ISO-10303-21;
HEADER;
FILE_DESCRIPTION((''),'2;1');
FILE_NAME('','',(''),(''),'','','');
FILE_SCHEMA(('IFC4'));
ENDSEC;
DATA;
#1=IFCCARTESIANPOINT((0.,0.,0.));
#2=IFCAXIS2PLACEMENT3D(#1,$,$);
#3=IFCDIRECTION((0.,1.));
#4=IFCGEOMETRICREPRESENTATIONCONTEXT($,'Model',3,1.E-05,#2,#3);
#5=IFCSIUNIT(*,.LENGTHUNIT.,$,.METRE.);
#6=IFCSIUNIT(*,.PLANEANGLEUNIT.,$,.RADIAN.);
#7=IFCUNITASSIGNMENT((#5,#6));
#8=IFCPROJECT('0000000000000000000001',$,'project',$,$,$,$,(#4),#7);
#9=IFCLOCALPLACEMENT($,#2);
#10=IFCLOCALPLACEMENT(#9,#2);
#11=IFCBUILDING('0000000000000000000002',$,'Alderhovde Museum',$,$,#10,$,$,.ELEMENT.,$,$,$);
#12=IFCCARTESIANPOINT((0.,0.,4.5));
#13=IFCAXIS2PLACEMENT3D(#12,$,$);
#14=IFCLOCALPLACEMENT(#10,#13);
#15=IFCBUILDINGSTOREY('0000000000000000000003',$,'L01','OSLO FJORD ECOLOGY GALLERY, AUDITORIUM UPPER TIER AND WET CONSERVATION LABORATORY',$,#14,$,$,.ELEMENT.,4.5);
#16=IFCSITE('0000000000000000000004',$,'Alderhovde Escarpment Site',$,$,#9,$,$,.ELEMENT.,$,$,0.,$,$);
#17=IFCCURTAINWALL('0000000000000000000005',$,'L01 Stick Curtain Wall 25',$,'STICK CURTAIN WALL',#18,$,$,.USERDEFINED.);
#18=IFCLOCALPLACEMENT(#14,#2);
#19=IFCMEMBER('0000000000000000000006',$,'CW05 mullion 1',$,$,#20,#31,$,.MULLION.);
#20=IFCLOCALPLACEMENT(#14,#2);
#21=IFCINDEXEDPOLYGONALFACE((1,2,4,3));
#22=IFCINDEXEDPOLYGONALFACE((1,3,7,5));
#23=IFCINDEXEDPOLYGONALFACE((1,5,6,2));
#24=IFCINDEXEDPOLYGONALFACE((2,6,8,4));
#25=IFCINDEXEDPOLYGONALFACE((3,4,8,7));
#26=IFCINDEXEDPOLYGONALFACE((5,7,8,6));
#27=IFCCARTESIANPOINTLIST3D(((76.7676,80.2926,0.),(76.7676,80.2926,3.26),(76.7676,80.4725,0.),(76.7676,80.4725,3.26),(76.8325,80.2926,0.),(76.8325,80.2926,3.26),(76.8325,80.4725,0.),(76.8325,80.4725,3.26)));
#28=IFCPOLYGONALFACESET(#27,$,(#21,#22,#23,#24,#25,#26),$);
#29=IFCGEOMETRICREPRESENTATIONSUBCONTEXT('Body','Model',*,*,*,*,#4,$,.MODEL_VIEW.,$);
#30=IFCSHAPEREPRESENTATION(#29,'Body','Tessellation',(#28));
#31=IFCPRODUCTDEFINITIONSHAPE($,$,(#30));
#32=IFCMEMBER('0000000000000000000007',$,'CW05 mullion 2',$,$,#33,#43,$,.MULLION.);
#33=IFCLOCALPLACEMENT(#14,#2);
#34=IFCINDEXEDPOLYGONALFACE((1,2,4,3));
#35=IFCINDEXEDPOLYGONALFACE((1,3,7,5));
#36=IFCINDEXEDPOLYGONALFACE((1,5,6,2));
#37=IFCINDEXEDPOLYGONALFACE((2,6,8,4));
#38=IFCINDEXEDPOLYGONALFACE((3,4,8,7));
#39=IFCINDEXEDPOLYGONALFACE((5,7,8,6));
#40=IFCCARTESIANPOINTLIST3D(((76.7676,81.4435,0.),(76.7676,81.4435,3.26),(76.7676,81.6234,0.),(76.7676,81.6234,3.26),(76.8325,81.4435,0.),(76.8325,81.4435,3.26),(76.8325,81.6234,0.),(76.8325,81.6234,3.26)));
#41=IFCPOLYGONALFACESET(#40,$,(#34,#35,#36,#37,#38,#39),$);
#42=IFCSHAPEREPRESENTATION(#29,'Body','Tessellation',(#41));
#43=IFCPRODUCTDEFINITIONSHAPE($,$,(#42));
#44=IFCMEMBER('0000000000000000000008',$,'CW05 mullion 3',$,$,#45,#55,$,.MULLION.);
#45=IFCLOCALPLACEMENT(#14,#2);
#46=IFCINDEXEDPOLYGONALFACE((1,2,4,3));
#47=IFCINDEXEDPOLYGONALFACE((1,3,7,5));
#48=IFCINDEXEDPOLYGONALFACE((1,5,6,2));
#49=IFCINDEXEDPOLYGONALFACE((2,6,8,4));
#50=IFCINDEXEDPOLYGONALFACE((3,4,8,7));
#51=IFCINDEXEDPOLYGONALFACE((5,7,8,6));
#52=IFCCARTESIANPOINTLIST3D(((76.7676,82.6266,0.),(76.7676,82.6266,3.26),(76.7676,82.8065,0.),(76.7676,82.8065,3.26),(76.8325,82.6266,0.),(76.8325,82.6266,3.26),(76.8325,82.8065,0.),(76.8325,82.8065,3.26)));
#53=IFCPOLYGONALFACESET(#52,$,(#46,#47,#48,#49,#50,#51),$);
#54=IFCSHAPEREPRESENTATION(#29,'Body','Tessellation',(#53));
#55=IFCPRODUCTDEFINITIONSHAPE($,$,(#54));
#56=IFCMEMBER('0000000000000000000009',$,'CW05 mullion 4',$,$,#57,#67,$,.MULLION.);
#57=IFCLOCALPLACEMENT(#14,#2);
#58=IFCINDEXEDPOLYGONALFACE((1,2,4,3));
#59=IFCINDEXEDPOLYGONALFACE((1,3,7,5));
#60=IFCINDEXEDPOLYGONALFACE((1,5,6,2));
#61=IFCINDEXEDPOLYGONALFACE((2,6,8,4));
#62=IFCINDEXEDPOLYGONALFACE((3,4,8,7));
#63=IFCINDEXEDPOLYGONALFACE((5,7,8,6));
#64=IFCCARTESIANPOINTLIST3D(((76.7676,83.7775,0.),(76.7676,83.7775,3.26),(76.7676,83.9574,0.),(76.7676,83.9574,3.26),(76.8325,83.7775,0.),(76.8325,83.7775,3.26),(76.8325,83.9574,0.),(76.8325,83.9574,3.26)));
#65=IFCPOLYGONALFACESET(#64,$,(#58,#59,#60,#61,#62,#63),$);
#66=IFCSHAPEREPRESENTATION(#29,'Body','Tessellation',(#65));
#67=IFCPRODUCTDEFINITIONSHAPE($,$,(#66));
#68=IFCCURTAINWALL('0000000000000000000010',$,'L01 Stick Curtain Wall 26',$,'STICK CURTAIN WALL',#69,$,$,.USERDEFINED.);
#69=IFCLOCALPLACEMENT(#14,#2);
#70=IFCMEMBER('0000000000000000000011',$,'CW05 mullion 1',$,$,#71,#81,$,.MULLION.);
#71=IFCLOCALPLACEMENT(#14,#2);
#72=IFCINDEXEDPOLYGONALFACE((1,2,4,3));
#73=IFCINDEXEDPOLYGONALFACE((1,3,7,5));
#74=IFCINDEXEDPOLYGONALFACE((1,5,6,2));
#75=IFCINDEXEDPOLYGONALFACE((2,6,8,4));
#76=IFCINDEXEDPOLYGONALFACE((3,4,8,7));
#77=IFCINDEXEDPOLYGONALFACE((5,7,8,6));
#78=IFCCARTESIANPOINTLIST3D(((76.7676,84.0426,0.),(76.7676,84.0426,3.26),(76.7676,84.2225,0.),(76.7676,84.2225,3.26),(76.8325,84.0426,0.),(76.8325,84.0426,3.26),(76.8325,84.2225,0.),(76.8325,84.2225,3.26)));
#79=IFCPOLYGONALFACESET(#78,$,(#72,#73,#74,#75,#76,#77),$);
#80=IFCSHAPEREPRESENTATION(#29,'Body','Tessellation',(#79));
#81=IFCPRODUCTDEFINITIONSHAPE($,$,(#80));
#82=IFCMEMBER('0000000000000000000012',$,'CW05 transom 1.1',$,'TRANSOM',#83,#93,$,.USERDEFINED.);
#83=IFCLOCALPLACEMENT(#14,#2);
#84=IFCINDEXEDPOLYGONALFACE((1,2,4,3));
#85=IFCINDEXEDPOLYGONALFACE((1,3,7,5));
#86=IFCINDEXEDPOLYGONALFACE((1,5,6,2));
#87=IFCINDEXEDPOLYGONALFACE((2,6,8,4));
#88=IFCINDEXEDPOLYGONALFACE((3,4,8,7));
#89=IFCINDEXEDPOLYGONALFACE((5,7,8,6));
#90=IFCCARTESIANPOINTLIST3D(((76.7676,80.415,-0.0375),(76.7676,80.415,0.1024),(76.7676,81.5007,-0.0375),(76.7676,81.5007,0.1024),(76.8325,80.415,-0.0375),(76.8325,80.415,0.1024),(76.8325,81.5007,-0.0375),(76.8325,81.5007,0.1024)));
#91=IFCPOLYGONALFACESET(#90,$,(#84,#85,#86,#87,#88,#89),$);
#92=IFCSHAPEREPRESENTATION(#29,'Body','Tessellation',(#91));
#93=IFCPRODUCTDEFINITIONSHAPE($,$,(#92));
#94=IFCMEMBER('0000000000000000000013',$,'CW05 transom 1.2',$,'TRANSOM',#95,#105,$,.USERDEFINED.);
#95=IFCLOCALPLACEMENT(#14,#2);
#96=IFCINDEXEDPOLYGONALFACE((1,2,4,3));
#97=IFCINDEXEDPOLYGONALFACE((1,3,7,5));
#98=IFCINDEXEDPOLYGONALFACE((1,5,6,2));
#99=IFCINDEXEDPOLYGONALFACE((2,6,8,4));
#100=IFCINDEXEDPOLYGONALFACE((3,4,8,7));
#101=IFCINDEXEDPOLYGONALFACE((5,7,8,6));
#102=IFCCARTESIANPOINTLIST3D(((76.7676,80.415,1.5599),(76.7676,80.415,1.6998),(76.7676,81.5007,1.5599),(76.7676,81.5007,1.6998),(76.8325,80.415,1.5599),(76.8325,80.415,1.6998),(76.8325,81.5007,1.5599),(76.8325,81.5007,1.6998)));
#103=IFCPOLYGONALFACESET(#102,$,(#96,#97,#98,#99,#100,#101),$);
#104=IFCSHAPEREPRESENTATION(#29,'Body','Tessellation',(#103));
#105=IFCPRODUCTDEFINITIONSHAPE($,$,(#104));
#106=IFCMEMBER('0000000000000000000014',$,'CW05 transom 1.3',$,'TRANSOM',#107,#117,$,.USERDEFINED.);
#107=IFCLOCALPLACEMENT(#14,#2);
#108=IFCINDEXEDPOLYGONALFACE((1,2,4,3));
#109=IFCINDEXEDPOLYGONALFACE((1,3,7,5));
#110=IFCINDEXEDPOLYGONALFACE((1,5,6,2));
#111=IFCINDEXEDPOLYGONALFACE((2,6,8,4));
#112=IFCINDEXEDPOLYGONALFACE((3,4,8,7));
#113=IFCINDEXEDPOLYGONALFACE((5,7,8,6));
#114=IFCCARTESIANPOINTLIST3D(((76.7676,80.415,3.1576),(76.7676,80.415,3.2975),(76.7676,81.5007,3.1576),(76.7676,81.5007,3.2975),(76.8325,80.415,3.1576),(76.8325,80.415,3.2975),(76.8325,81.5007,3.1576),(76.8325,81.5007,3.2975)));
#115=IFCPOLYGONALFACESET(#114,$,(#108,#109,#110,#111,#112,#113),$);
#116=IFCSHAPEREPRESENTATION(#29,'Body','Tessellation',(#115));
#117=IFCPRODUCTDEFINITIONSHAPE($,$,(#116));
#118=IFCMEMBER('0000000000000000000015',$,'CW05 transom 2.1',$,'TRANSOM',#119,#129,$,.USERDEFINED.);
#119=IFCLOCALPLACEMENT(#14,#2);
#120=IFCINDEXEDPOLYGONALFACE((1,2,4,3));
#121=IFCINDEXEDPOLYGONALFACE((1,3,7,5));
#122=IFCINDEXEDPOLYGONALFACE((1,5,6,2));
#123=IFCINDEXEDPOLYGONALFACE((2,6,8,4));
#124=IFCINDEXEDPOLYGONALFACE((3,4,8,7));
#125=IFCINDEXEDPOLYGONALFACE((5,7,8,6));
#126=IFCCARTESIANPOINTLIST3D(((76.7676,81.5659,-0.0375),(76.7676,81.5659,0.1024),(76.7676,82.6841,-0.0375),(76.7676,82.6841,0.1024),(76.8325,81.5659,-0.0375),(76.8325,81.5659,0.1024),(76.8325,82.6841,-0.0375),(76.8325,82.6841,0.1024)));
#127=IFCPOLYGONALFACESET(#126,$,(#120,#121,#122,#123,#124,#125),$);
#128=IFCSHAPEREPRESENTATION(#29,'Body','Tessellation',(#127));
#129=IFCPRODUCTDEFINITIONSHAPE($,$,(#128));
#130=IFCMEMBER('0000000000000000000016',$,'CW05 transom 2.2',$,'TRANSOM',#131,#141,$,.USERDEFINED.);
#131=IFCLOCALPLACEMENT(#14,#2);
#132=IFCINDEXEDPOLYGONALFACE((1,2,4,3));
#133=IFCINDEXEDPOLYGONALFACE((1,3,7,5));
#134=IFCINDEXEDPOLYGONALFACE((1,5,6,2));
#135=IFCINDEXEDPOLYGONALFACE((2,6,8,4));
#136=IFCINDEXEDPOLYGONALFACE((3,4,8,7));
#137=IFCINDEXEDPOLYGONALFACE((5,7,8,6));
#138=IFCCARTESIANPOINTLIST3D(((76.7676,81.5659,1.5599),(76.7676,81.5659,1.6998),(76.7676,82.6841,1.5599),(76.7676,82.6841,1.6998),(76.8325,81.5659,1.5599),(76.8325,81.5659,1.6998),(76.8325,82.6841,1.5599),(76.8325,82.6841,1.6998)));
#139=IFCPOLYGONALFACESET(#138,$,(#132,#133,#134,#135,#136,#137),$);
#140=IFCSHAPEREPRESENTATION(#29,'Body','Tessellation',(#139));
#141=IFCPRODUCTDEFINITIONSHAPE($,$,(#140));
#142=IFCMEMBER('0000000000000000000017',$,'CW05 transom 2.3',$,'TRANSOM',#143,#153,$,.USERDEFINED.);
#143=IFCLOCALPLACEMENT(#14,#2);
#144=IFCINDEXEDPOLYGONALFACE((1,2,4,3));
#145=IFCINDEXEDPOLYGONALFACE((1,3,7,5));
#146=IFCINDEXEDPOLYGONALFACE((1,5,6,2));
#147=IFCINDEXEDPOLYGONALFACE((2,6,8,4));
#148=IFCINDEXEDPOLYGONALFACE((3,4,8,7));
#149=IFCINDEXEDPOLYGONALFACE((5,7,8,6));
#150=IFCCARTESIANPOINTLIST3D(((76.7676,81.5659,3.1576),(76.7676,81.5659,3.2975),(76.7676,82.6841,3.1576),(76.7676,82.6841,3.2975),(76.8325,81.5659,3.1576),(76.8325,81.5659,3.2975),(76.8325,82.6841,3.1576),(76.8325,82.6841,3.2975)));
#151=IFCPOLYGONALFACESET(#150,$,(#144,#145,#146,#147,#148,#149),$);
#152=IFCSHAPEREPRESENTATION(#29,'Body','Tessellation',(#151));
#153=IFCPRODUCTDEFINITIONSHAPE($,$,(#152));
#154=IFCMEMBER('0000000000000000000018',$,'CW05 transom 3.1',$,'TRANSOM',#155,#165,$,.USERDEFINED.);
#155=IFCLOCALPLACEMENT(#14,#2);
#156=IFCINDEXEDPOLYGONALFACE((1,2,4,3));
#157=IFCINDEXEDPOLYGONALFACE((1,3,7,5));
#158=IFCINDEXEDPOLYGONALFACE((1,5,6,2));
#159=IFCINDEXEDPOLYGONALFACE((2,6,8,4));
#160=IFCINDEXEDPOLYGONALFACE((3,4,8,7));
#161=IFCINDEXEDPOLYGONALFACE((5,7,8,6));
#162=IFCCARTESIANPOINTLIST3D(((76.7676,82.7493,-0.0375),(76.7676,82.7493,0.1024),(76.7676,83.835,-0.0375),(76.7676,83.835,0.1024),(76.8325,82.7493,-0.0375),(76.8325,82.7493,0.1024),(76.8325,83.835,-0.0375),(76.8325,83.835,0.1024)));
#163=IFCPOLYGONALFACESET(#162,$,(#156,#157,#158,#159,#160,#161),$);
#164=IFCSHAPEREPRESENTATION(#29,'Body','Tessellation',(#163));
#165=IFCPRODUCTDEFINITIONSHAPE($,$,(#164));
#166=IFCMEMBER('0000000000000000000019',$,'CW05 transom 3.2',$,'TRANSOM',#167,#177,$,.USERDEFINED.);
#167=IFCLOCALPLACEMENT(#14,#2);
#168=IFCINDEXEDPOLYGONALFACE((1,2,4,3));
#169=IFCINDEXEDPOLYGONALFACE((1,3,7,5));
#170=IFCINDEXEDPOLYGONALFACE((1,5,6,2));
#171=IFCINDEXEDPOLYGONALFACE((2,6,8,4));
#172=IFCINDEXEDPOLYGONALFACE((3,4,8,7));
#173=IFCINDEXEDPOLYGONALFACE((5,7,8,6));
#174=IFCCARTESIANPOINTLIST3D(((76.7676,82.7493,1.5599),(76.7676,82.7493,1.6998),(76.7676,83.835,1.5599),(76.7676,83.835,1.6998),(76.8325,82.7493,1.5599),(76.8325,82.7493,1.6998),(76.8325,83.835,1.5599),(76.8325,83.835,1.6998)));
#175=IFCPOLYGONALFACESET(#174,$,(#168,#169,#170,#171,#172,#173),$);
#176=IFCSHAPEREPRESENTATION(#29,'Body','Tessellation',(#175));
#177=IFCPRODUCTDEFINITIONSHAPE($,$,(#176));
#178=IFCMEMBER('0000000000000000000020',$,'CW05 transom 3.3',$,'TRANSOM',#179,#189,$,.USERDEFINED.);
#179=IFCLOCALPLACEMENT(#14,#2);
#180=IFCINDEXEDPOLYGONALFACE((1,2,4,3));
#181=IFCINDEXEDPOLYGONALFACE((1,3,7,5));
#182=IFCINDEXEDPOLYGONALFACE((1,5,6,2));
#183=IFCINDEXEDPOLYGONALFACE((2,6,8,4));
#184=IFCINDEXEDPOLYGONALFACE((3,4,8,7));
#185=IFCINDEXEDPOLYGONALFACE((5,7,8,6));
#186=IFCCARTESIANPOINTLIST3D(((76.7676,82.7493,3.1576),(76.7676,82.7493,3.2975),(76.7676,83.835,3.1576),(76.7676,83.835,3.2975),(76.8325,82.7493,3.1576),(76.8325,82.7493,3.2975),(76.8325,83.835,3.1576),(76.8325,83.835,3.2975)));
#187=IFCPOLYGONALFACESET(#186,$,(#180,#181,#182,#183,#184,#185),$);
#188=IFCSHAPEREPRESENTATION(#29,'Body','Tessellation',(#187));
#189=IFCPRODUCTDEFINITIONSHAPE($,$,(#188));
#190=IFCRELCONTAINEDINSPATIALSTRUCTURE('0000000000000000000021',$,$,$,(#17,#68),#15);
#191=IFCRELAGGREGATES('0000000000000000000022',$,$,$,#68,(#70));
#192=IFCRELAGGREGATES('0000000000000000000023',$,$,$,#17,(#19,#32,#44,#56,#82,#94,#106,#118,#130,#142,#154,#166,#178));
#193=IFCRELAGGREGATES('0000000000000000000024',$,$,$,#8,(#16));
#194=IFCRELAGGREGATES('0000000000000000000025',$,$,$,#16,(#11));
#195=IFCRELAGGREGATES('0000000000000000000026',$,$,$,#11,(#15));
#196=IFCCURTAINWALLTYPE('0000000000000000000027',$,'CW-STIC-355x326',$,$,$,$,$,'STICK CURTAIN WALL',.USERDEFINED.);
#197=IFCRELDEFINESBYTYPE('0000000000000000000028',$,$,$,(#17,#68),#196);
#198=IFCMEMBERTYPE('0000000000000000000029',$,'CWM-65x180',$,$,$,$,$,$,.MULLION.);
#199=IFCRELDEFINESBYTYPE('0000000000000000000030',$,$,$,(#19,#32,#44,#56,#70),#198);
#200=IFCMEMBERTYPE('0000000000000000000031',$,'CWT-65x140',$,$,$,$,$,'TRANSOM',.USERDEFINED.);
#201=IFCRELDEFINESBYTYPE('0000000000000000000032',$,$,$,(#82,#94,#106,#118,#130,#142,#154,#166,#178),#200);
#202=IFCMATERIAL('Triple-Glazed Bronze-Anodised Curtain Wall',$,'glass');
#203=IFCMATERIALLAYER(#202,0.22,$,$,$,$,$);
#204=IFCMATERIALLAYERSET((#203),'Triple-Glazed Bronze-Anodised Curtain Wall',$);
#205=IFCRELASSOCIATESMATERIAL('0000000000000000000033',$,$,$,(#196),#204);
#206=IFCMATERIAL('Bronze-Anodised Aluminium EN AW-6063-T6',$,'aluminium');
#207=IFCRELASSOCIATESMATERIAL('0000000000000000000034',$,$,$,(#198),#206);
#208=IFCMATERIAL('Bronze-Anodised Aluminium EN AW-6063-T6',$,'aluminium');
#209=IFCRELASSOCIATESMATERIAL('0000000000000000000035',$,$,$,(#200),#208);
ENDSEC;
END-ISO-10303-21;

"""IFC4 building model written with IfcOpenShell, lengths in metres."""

from ifc_helpers import new_model, si_unit, direction, frame, origin, origin_2d, place, context, subcontext, project, spatial, rectangle, extrude, material, layer, layer_set, material_profile, profile_set, type_object, element, aggregate, save


model = new_model("IFC4")

# Units and contexts
model_context = context("Model", 3, precision=1e-05, world=origin(), true_north=direction((0.0, 1.0)))
body_context = subcontext(model_context, "Body", "Model", "MODEL_VIEW")
ifc_project = project(units=[si_unit("LENGTHUNIT", "METRE"), si_unit("PLANEANGLEUNIT", "RADIAN")], contexts=[model_context])

# Site, building, storey
site_placement = place(None, origin())
site = spatial("IfcSite", under=ifc_project, at=site_placement, Name="Alderhovde Escarpment Site", CompositionType="ELEMENT", RefElevation=0.0)
building_placement = place(site_placement, origin())
building = spatial("IfcBuilding", under=site, at=building_placement, Name="Alderhovde Museum", CompositionType="ELEMENT")
storey_placement = place(building_placement, frame((0.0, 0.0, 4.5)))
storey = spatial("IfcBuildingStorey", under=building, at=storey_placement, Name="L01", Description="OSLO FJORD ECOLOGY GALLERY, AUDITORIUM UPPER TIER AND WET CONSERVATION LABORATORY", CompositionType="ELEMENT", Elevation=4.5)

# Curtain wall, members
ifc_material_1 = material(Name="Triple-Glazed Bronze-Anodised Curtain Wall", Category="glass")
ifc_layer_1 = layer(ifc_material_1, 0.22)
ifc_layer_set_1 = layer_set([ifc_layer_1], Name="Triple-Glazed Bronze-Anodised Curtain Wall")
curtain_wall_type = type_object("IfcCurtainWallType", Name="CW-STIC-355x326", ElementType="STICK CURTAIN WALL", PredefinedType="USERDEFINED", material=ifc_layer_set_1)
curtain_wall_1_placement = place(storey_placement, origin())
curtain_wall_1 = element("IfcCurtainWall", 1, at=curtain_wall_1_placement, inside=storey, type_object=curtain_wall_type, Name="L01 Stick Curtain Wall 25", ObjectType="STICK CURTAIN WALL", PredefinedType="USERDEFINED")
ifc_material_2 = material(Name="Bronze-Anodised Aluminium EN AW-6063-T6", Category="aluminium")
ifc_material_profile_1 = material_profile(ifc_material_2, rectangle(XDim=0.0649, YDim=0.1799, at=origin_2d()), Name="MULLION 65x180")
ifc_profile_set_1 = profile_set([ifc_material_profile_1], Name="Bronze-Anodised Aluminium EN AW-6063-T6")
member_type_1 = type_object("IfcMemberType", Name="CWM-65x180", PredefinedType="MULLION", material=ifc_profile_set_1)
member_1_placement = place(storey_placement, frame((76.8, 80.3826, 0.0), z_axis=(0.0, 0.0, 1.0), x_axis=(-1.0, 0.0, 0.0)))
member_1 = element("IfcMember", 2, at=member_1_placement, type_object=member_type_1, Name="CW05 mullion 1", PredefinedType="MULLION", context=body_context, shape_type="SweptSolid", body=[
    extrude(rectangle(XDim=0.0649, YDim=0.1799, at=origin_2d()), origin(), (0.0, 0.0, 1.0), 3.26),
])
member_2_placement = place(storey_placement, frame((76.8, 81.5334, 0.0), z_axis=(0.0, 0.0, 1.0), x_axis=(-1.0, 0.0, 0.0)))
member_2 = element("IfcMember", 3, at=member_2_placement, type_object=member_type_1, Name="CW05 mullion 2", PredefinedType="MULLION", context=body_context, shape_type="SweptSolid", body=[
    extrude(rectangle(XDim=0.0649, YDim=0.1799, at=origin_2d()), origin(), (0.0, 0.0, 1.0), 3.26),
])
member_3_placement = place(storey_placement, frame((76.8, 82.7166, 0.0), z_axis=(0.0, 0.0, 1.0), x_axis=(-1.0, 0.0, 0.0)))
member_3 = element("IfcMember", 4, at=member_3_placement, type_object=member_type_1, Name="CW05 mullion 3", PredefinedType="MULLION", context=body_context, shape_type="SweptSolid", body=[
    extrude(rectangle(XDim=0.0649, YDim=0.1799, at=origin_2d()), origin(), (0.0, 0.0, 1.0), 3.26),
])
member_4_placement = place(storey_placement, frame((76.8, 83.8674, 0.0), z_axis=(0.0, 0.0, 1.0), x_axis=(-1.0, 0.0, 0.0)))
member_4 = element("IfcMember", 5, at=member_4_placement, type_object=member_type_1, Name="CW05 mullion 4", PredefinedType="MULLION", context=body_context, shape_type="SweptSolid", body=[
    extrude(rectangle(XDim=0.0649, YDim=0.1799, at=origin_2d()), origin(), (0.0, 0.0, 1.0), 3.26),
])

# Curtain wall, member
curtain_wall_2_placement = place(storey_placement, origin())
curtain_wall_2 = element("IfcCurtainWall", 6, at=curtain_wall_2_placement, inside=storey, type_object=curtain_wall_type, Name="L01 Stick Curtain Wall 26", ObjectType="STICK CURTAIN WALL", PredefinedType="USERDEFINED")
member_5_placement = place(storey_placement, frame((76.8, 84.1326, 0.0), z_axis=(0.0, 0.0, 1.0), x_axis=(-1.0, 0.0, 0.0)))
member_5 = element("IfcMember", 7, at=member_5_placement, type_object=member_type_1, Name="CW05 mullion 1", PredefinedType="MULLION", context=body_context, shape_type="SweptSolid", body=[
    extrude(rectangle(XDim=0.0649, YDim=0.1799, at=origin_2d()), origin(), (0.0, 0.0, 1.0), 3.26),
])
aggregate(curtain_wall_2, [member_5])

# Members
ifc_material_3 = material(Name="Bronze-Anodised Aluminium EN AW-6063-T6", Category="aluminium")
ifc_material_profile_2 = material_profile(ifc_material_3, rectangle(XDim=0.0649, YDim=0.1399, at=origin_2d()), Name="TRANSOM 65x140")
ifc_profile_set_2 = profile_set([ifc_material_profile_2], Name="Bronze-Anodised Aluminium EN AW-6063-T6")
member_type_2 = type_object("IfcMemberType", Name="CWT-65x140", ElementType="TRANSOM", PredefinedType="USERDEFINED", material=ifc_profile_set_2)
member_6_placement = place(storey_placement, frame((76.8, 80.415, 0.0325), z_axis=(0.0, 1.0, 0.0), x_axis=(-1.0, 0.0, 0.0)))
member_6 = element("IfcMember", 8, at=member_6_placement, type_object=member_type_2, Name="CW05 transom 1.1", ObjectType="TRANSOM", PredefinedType="USERDEFINED", context=body_context, shape_type="SweptSolid", body=[
    extrude(rectangle(XDim=0.0649, YDim=0.1399, at=origin_2d()), origin(), (0.0, 0.0, 1.0), 1.0857),
])
member_7_placement = place(storey_placement, frame((76.8, 80.415, 1.6299), z_axis=(0.0, 1.0, 0.0), x_axis=(-1.0, 0.0, 0.0)))
member_7 = element("IfcMember", 9, at=member_7_placement, type_object=member_type_2, Name="CW05 transom 1.2", ObjectType="TRANSOM", PredefinedType="USERDEFINED", context=body_context, shape_type="SweptSolid", body=[
    extrude(rectangle(XDim=0.0649, YDim=0.1399, at=origin_2d()), origin(), (0.0, 0.0, 1.0), 1.0857),
])
member_8_placement = place(storey_placement, frame((76.8, 80.415, 3.2275), z_axis=(0.0, 1.0, 0.0), x_axis=(-1.0, 0.0, 0.0)))
member_8 = element("IfcMember", 10, at=member_8_placement, type_object=member_type_2, Name="CW05 transom 1.3", ObjectType="TRANSOM", PredefinedType="USERDEFINED", context=body_context, shape_type="SweptSolid", body=[
    extrude(rectangle(XDim=0.0649, YDim=0.1399, at=origin_2d()), origin(), (0.0, 0.0, 1.0), 1.0857),
])
member_9_placement = place(storey_placement, frame((76.8, 81.5659, 0.0325), z_axis=(0.0, 1.0, 0.0), x_axis=(-1.0, 0.0, 0.0)))
member_9 = element("IfcMember", 11, at=member_9_placement, type_object=member_type_2, Name="CW05 transom 2.1", ObjectType="TRANSOM", PredefinedType="USERDEFINED", context=body_context, shape_type="SweptSolid", body=[
    extrude(rectangle(XDim=0.0649, YDim=0.1399, at=origin_2d()), origin(), (0.0, 0.0, 1.0), 1.1182),
])
member_10_placement = place(storey_placement, frame((76.8, 81.5659, 1.6299), z_axis=(0.0, 1.0, 0.0), x_axis=(-1.0, 0.0, 0.0)))
member_10 = element("IfcMember", 12, at=member_10_placement, type_object=member_type_2, Name="CW05 transom 2.2", ObjectType="TRANSOM", PredefinedType="USERDEFINED", context=body_context, shape_type="SweptSolid", body=[
    extrude(rectangle(XDim=0.0649, YDim=0.1399, at=origin_2d()), origin(), (0.0, 0.0, 1.0), 1.1182),
])
member_11_placement = place(storey_placement, frame((76.8, 81.5659, 3.2275), z_axis=(0.0, 1.0, 0.0), x_axis=(-1.0, 0.0, 0.0)))
member_11 = element("IfcMember", 13, at=member_11_placement, type_object=member_type_2, Name="CW05 transom 2.3", ObjectType="TRANSOM", PredefinedType="USERDEFINED", context=body_context, shape_type="SweptSolid", body=[
    extrude(rectangle(XDim=0.0649, YDim=0.1399, at=origin_2d()), origin(), (0.0, 0.0, 1.0), 1.1182),
])
member_12_placement = place(storey_placement, frame((76.8, 82.7493, 0.0325), z_axis=(0.0, 1.0, 0.0), x_axis=(-1.0, 0.0, 0.0)))
member_12 = element("IfcMember", 14, at=member_12_placement, type_object=member_type_2, Name="CW05 transom 3.1", ObjectType="TRANSOM", PredefinedType="USERDEFINED", context=body_context, shape_type="SweptSolid", body=[
    extrude(rectangle(XDim=0.0649, YDim=0.1399, at=origin_2d()), origin(), (0.0, 0.0, 1.0), 1.0857),
])
member_13_placement = place(storey_placement, frame((76.8, 82.7493, 1.6299), z_axis=(0.0, 1.0, 0.0), x_axis=(-1.0, 0.0, 0.0)))
member_13 = element("IfcMember", 15, at=member_13_placement, type_object=member_type_2, Name="CW05 transom 3.2", ObjectType="TRANSOM", PredefinedType="USERDEFINED", context=body_context, shape_type="SweptSolid", body=[
    extrude(rectangle(XDim=0.0649, YDim=0.1399, at=origin_2d()), origin(), (0.0, 0.0, 1.0), 1.0857),
])
member_14_placement = place(storey_placement, frame((76.8, 82.7493, 3.2275), z_axis=(0.0, 1.0, 0.0), x_axis=(-1.0, 0.0, 0.0)))
member_14 = element("IfcMember", 16, at=member_14_placement, type_object=member_type_2, Name="CW05 transom 3.3", ObjectType="TRANSOM", PredefinedType="USERDEFINED", context=body_context, shape_type="SweptSolid", body=[
    extrude(rectangle(XDim=0.0649, YDim=0.1399, at=origin_2d()), origin(), (0.0, 0.0, 1.0), 1.0857),
])

aggregate(curtain_wall_1, [member_1, member_2, member_3, member_4, member_6, member_7, member_8, member_9, member_10, member_11, member_12, member_13, member_14])

save(model, "model.ifc")
